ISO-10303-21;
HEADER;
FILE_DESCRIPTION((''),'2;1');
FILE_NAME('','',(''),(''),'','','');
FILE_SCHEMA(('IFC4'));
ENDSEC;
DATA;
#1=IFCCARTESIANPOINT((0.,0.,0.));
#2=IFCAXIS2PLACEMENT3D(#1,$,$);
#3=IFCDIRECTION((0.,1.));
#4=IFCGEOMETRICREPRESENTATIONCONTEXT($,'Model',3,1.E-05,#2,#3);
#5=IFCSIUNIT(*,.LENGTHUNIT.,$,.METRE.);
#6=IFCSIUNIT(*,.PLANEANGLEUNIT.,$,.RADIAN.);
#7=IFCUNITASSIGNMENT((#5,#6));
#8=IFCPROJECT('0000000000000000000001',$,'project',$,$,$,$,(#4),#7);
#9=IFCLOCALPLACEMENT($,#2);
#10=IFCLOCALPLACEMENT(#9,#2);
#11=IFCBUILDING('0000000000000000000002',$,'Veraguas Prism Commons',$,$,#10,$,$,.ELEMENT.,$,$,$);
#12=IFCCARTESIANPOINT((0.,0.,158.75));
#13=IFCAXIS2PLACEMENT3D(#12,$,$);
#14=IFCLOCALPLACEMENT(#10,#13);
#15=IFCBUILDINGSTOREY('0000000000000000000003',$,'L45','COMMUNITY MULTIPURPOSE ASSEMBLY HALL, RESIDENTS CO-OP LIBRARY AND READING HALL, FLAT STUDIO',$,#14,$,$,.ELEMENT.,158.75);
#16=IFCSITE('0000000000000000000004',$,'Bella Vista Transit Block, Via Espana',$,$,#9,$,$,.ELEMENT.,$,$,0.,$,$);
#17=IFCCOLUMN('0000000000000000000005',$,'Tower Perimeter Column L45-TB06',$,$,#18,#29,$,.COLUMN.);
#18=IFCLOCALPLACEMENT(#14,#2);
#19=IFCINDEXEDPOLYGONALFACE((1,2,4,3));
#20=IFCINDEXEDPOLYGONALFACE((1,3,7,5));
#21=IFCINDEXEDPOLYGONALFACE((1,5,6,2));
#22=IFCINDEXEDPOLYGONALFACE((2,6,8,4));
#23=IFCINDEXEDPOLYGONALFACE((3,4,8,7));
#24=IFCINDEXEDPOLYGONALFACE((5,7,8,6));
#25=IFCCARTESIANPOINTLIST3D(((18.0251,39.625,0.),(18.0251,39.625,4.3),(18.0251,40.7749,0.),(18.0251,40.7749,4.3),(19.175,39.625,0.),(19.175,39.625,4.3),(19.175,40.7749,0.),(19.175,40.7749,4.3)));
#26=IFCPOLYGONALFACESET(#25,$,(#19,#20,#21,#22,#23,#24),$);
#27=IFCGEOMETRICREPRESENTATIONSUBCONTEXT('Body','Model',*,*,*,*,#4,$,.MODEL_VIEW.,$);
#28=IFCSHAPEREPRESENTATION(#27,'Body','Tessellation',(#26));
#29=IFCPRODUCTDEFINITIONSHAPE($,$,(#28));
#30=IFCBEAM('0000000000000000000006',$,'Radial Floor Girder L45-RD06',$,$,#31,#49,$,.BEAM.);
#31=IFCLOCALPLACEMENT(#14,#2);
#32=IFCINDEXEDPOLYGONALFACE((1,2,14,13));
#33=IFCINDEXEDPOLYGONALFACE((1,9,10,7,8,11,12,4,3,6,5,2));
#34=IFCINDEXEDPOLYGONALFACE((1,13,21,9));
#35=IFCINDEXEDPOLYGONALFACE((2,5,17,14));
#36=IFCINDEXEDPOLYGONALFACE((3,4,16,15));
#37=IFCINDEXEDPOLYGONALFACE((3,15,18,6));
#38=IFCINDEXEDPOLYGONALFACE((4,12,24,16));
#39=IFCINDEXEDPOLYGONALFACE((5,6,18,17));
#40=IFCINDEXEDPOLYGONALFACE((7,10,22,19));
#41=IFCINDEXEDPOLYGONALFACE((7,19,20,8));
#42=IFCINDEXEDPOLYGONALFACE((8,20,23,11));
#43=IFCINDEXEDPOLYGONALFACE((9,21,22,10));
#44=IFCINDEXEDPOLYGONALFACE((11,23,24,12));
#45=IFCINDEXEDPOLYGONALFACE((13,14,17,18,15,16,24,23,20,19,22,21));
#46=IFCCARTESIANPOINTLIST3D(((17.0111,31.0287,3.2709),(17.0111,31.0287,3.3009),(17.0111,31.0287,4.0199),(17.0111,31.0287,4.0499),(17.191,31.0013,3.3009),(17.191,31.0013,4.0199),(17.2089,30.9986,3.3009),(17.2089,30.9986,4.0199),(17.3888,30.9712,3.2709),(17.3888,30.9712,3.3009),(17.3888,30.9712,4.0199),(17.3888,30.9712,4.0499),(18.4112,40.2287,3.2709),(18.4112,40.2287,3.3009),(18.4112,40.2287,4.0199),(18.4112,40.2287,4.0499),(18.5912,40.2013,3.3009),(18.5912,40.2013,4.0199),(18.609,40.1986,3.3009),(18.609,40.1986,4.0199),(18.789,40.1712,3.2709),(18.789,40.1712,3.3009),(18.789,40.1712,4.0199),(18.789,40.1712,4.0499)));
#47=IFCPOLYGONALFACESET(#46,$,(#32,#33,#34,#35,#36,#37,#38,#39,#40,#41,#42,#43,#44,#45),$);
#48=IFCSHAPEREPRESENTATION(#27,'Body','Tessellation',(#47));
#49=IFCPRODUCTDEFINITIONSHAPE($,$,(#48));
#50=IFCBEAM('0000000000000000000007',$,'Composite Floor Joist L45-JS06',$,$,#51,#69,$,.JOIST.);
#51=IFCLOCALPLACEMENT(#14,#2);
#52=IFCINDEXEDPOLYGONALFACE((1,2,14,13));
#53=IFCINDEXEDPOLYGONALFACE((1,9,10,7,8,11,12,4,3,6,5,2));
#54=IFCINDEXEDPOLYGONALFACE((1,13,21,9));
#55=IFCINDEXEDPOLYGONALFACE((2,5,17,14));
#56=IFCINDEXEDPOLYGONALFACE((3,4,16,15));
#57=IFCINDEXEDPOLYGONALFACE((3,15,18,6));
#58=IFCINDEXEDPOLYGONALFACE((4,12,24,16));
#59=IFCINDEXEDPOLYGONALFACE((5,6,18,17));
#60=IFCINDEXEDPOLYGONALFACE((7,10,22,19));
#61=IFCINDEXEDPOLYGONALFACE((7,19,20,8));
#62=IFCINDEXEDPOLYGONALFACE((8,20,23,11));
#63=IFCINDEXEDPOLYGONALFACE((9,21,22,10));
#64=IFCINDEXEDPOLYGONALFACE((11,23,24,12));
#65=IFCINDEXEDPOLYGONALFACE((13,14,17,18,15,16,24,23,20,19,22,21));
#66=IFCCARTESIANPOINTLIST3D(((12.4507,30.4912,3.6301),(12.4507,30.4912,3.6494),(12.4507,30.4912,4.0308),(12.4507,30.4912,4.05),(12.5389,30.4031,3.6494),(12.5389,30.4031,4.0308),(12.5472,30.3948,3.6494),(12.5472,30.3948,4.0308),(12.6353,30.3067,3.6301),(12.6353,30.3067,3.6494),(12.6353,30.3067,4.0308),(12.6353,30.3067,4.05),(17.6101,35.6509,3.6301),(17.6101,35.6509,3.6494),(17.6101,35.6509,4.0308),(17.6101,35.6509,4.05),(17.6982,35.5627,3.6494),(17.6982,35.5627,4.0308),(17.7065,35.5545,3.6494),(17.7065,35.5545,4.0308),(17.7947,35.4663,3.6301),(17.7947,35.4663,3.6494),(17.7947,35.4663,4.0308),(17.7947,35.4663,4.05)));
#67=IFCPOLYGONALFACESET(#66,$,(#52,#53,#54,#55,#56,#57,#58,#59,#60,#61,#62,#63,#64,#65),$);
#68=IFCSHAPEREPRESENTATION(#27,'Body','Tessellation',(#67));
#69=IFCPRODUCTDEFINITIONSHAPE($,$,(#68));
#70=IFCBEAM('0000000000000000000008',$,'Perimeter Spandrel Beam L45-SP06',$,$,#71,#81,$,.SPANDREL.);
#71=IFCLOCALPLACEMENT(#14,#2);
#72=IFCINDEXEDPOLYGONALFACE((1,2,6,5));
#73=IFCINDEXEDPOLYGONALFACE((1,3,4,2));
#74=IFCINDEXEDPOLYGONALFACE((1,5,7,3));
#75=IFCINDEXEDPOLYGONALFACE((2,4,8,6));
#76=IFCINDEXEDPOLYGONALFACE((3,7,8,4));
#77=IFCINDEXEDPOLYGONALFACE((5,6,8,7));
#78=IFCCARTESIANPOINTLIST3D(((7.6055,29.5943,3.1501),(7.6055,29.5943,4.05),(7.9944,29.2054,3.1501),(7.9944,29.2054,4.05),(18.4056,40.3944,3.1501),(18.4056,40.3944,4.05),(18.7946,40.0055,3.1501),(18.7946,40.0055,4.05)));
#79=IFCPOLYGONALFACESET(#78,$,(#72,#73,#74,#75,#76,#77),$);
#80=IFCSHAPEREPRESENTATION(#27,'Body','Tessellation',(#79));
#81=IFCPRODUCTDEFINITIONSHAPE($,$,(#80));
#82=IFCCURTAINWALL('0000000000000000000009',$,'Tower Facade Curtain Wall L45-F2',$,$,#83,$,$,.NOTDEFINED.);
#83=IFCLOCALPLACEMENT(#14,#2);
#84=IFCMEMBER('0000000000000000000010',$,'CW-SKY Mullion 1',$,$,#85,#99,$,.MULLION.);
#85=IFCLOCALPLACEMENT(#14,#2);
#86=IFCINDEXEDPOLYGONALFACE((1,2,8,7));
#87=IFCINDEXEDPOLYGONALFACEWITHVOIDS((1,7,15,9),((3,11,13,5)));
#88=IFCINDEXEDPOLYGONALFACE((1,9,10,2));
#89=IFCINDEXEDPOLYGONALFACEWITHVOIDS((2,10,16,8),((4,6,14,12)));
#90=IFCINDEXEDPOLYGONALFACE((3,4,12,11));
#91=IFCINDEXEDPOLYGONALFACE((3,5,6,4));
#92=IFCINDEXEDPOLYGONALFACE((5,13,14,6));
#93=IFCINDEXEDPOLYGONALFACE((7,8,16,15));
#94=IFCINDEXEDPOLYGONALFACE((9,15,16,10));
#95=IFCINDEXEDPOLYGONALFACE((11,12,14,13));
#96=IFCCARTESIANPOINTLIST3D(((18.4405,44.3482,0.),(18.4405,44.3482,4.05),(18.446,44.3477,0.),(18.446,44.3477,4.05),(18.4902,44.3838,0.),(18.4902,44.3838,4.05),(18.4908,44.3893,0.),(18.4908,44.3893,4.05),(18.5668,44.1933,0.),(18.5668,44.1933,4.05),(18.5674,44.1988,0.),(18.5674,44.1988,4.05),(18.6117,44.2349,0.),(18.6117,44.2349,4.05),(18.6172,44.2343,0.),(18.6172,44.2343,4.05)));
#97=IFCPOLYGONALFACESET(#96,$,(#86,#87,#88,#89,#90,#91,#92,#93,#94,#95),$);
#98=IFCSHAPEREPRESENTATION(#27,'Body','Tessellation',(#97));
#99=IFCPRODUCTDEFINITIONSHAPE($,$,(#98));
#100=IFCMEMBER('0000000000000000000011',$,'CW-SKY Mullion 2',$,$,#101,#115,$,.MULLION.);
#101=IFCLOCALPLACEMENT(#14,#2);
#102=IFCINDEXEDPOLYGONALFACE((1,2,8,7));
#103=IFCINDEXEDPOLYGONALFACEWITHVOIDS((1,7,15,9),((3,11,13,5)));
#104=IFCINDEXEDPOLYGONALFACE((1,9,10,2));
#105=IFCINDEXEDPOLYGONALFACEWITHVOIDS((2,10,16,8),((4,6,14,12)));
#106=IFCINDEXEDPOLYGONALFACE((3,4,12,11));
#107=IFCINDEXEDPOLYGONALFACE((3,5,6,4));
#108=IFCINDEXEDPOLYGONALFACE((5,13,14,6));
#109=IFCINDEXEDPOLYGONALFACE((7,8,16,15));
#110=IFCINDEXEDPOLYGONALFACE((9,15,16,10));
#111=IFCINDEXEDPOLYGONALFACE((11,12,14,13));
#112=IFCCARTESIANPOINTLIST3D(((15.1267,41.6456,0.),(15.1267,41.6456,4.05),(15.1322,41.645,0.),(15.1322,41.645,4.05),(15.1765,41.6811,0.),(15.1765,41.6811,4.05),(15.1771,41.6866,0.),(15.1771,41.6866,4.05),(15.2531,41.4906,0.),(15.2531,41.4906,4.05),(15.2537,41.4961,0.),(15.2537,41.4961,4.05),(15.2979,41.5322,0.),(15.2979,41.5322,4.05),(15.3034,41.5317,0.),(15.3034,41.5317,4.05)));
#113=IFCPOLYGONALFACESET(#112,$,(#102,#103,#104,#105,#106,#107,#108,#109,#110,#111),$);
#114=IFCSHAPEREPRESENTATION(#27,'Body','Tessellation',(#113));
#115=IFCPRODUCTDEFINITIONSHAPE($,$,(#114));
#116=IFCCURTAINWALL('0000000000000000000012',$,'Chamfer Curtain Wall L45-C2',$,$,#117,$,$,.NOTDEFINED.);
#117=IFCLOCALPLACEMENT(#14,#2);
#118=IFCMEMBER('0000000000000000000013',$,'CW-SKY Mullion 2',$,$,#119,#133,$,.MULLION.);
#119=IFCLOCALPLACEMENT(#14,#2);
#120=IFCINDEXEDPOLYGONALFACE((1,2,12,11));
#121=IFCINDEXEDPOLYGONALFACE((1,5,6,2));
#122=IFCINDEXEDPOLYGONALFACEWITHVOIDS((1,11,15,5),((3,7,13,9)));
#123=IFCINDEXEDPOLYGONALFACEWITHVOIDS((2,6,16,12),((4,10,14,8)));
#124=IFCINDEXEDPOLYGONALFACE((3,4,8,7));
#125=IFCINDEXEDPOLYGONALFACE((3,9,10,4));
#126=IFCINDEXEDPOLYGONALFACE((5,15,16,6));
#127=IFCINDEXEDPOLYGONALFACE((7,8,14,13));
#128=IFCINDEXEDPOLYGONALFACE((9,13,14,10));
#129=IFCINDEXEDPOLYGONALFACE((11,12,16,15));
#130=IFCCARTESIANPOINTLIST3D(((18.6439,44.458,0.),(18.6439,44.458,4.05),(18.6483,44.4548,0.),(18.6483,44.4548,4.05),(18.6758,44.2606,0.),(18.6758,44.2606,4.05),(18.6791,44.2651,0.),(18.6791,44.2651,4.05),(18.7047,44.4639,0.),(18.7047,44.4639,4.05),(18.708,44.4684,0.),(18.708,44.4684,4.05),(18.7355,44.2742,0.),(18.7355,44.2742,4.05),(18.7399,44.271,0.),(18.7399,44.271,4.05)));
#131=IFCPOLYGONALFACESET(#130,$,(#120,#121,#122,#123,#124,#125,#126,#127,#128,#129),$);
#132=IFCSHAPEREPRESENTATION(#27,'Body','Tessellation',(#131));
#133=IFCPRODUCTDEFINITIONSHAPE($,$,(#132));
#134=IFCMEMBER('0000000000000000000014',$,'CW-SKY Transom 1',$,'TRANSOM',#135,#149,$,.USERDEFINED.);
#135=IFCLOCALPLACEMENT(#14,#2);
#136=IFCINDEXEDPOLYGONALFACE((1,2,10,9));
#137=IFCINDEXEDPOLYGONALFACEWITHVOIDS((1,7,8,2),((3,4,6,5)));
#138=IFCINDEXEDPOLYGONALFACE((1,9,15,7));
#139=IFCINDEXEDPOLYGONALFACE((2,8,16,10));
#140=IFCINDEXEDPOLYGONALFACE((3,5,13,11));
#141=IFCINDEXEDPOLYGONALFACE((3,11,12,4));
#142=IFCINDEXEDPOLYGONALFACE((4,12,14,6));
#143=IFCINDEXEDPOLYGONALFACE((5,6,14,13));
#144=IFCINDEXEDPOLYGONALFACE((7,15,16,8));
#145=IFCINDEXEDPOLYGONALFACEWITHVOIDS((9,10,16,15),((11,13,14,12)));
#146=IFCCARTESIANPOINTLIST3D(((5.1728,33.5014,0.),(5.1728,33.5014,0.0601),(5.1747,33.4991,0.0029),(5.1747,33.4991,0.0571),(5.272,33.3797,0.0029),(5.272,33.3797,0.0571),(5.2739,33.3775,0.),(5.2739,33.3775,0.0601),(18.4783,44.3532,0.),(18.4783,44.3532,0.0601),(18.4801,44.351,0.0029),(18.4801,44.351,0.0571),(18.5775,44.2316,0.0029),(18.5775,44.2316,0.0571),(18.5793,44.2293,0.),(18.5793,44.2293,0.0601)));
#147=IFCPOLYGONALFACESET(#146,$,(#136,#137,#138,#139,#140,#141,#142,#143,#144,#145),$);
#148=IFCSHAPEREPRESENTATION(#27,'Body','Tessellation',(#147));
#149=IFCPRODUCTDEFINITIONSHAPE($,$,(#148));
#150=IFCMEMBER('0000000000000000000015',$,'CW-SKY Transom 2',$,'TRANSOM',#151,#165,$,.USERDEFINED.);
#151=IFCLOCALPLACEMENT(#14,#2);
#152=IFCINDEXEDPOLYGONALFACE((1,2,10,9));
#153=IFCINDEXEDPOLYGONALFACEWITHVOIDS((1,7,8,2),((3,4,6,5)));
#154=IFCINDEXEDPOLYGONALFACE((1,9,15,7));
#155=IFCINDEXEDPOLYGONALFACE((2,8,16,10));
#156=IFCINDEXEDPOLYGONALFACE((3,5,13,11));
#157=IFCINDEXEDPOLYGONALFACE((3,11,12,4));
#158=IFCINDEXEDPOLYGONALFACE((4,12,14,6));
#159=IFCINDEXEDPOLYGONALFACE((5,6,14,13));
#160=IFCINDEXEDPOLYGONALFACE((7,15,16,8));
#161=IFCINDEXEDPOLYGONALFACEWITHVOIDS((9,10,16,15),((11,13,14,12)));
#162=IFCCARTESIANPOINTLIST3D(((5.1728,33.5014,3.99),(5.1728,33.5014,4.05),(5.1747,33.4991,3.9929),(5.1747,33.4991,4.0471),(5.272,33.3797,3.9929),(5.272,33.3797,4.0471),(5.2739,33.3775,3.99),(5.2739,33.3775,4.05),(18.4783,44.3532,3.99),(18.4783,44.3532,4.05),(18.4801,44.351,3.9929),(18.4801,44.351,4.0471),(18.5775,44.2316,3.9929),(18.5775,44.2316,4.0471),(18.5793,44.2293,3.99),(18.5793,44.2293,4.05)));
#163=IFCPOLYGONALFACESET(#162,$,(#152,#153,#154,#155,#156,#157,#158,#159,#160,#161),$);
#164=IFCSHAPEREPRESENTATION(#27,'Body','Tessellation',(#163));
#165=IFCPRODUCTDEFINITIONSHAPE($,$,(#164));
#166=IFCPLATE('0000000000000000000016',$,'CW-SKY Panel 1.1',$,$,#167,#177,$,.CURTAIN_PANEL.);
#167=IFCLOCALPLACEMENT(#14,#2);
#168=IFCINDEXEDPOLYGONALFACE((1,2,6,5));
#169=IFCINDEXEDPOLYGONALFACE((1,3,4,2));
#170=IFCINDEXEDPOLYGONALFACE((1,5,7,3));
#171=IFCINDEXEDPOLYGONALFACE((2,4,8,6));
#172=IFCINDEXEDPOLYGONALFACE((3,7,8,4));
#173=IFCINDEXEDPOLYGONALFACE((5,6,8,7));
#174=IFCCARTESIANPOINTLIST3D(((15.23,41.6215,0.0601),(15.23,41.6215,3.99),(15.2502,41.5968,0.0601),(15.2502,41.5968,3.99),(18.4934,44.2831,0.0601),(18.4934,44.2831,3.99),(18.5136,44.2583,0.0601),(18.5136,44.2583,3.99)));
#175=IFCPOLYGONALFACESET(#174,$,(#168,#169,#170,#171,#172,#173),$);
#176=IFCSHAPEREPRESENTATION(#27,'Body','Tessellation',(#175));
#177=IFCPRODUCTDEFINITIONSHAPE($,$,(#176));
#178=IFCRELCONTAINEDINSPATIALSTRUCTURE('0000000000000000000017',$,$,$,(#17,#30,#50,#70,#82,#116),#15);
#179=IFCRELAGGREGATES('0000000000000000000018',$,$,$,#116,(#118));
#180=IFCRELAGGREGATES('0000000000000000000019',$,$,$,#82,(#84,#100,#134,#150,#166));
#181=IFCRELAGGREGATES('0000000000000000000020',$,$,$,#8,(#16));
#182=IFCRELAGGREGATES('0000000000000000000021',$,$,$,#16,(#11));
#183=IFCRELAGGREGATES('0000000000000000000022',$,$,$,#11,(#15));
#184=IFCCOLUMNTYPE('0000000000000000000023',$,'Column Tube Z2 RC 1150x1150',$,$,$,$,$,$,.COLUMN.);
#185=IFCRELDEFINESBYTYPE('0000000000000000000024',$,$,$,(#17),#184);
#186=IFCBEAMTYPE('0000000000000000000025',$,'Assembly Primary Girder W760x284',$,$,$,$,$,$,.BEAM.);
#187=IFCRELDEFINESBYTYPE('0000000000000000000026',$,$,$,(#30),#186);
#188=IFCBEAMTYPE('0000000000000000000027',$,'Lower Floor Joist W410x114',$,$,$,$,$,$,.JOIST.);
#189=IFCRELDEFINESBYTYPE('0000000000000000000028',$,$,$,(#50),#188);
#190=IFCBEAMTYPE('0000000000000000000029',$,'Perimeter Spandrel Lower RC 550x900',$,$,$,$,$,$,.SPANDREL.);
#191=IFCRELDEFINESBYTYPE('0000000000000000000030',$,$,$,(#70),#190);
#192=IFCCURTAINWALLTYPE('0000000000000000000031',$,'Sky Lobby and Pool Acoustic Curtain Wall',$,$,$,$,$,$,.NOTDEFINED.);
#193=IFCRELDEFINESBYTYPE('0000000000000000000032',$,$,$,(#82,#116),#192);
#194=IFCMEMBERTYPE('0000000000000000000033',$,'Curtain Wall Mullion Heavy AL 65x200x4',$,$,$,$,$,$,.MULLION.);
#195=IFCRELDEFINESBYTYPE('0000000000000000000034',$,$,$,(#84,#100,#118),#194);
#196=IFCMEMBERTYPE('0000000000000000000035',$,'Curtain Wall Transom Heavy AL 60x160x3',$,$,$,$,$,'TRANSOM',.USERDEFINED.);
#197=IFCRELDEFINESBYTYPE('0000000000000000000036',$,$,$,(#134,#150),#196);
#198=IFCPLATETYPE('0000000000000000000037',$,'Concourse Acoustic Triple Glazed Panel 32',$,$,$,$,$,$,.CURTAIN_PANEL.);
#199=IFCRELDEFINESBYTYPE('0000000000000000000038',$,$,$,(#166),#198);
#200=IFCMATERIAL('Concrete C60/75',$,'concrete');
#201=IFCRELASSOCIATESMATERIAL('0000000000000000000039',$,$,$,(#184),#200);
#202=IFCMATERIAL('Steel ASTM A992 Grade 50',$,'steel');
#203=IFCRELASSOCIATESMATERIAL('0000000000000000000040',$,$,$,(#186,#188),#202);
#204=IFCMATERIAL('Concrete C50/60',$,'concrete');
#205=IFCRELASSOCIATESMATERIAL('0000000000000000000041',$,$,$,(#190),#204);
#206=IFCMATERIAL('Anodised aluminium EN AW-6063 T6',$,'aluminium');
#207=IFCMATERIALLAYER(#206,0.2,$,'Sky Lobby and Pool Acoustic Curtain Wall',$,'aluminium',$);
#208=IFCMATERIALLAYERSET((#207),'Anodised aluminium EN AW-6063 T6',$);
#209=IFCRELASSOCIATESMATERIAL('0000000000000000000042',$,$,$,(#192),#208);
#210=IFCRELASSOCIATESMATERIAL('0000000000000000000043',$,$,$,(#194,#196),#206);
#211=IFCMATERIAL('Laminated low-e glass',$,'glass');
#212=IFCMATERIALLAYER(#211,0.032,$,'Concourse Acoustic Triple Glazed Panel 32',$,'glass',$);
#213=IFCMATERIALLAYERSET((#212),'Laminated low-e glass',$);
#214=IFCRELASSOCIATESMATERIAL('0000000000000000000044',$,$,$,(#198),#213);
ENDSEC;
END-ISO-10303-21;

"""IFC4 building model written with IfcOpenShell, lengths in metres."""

from ifc_helpers import new_model, si_unit, direction, frame, origin, origin_2d, place, context, subcontext, project, spatial, rectangle, hollow_rectangle, i_section, extrude, source, transform, mapped, material, layer, layer_set, material_profile, profile_set, type_object, element, aggregate, save


model = new_model("IFC4")

# Units and contexts
model_context = context("Model", 3, precision=1e-05, world=origin(), true_north=direction((0.0, 1.0)))
body_context = subcontext(model_context, "Body", "Model", "MODEL_VIEW")
ifc_project = project(units=[si_unit("LENGTHUNIT", "METRE"), si_unit("PLANEANGLEUNIT", "RADIAN")], contexts=[model_context])

# Site, building, storey
site_placement = place(None, origin())
site = spatial("IfcSite", under=ifc_project, at=site_placement, Name="Bella Vista Transit Block, Via Espana", CompositionType="ELEMENT", RefElevation=0.0)
building_placement = place(site_placement, origin())
building = spatial("IfcBuilding", under=site, at=building_placement, Name="Veraguas Prism Commons", CompositionType="ELEMENT")
storey_placement = place(building_placement, frame((0.0, 0.0, 158.75)))
storey = spatial("IfcBuildingStorey", under=building, at=storey_placement, Name="L45", Description="COMMUNITY MULTIPURPOSE ASSEMBLY HALL, RESIDENTS CO-OP LIBRARY AND READING HALL, FLAT STUDIO", CompositionType="ELEMENT", Elevation=158.75)

# Column
ifc_material_1 = material(Name="Concrete C60/75", Category="concrete")
ifc_material_profile_1 = material_profile(ifc_material_1, rectangle(XDim=1.1499, YDim=1.1499, at=origin_2d()), Name="RC1150X1150")
ifc_profile_set_1 = profile_set([ifc_material_profile_1], Name="Concrete C60/75")
column_type = type_object("IfcColumnType", Name="Column Tube Z2 RC 1150x1150", PredefinedType="COLUMN", material=ifc_profile_set_1)
column_placement = place(storey_placement, frame((18.6001, 40.2, 0.0), z_axis=(0.0, 0.0, 1.0), x_axis=(1.0, 0.0, 0.0)))
element("IfcColumn", 1, at=column_placement, inside=storey, type_object=column_type, Name="Tower Perimeter Column L45-TB06", PredefinedType="COLUMN", context=body_context, shape_type="SweptSolid", body=[
    extrude(rectangle(XDim=1.1499, YDim=1.1499, at=origin_2d()), origin(), (0.0, 0.0, 1.0), 4.3),
])

# Beams
ifc_material_2 = material(Name="Steel ASTM A992 Grade 50", Category="steel")
ifc_material_profile_2 = material_profile(ifc_material_2, i_section(OverallWidth=0.3821, OverallDepth=0.7791, WebThickness=0.0181, FlangeThickness=0.03, at=origin_2d()), Name="W760X284")
ifc_profile_set_2 = profile_set([ifc_material_profile_2], Name="Steel ASTM A992 Grade 50")
beam_type_1 = type_object("IfcBeamType", Name="Assembly Primary Girder W760x284", PredefinedType="BEAM", material=ifc_profile_set_2)
beam_1_placement = place(storey_placement, frame((18.6001, 40.2, 3.6604), z_axis=(-0.150458, -0.988616, 0.0), x_axis=(0.988616, -0.150458, 0.0)))
element("IfcBeam", 2, at=beam_1_placement, inside=storey, type_object=beam_type_1, Name="Radial Floor Girder L45-RD06", PredefinedType="BEAM", context=body_context, shape_type="SweptSolid", body=[
    extrude(i_section(OverallWidth=0.3821, OverallDepth=0.7791, WebThickness=0.0181, FlangeThickness=0.03, at=origin_2d()), origin(), (0.0, 0.0, 1.0), 9.3059),
])
ifc_material_profile_3 = material_profile(ifc_material_2, i_section(OverallWidth=0.261, OverallDepth=0.4199, WebThickness=0.0117, FlangeThickness=0.0193, at=origin_2d()), Name="W410X114")
ifc_profile_set_3 = profile_set([ifc_material_profile_3], Name="Steel ASTM A992 Grade 50")
beam_type_2 = type_object("IfcBeamType", Name="Lower Floor Joist W410x114", PredefinedType="JOIST", material=ifc_profile_set_3)
beam_2_placement = place(storey_placement, frame((17.7024, 35.5586, 3.8401), z_axis=(-0.70709, -0.707124, 0.0), x_axis=(0.707124, -0.70709, 0.0)))
element("IfcBeam", 3, at=beam_2_placement, inside=storey, type_object=beam_type_2, Name="Composite Floor Joist L45-JS06", PredefinedType="JOIST", context=body_context, shape_type="SweptSolid", body=[
    extrude(i_section(OverallWidth=0.261, OverallDepth=0.4199, WebThickness=0.0117, FlangeThickness=0.0193, at=origin_2d()), origin(), (0.0, 0.0, 1.0), 7.2966),
])
ifc_material_3 = material(Name="Concrete C50/60", Category="concrete")
ifc_material_profile_4 = material_profile(ifc_material_3, rectangle(XDim=0.55, YDim=0.8999, at=origin_2d()), Name="RC550X900")
ifc_profile_set_4 = profile_set([ifc_material_profile_4], Name="Concrete C50/60")
beam_type_3 = type_object("IfcBeamType", Name="Perimeter Spandrel Lower RC 550x900", PredefinedType="SPANDREL", material=ifc_profile_set_4)
beam_3_placement = place(storey_placement, frame((18.6001, 40.2, 3.6001), z_axis=(-0.707107, -0.707107, 0.0), x_axis=(0.707107, -0.707107, 0.0)))
element("IfcBeam", 4, at=beam_3_placement, inside=storey, type_object=beam_type_3, Name="Perimeter Spandrel Beam L45-SP06", PredefinedType="SPANDREL", context=body_context, shape_type="SweptSolid", body=[
    extrude(rectangle(XDim=0.55, YDim=0.8999, at=origin_2d()), origin(), (0.0, 0.0, 1.0), 15.2737),
])

# Curtain wall, members
ifc_material_4 = material(Name="Anodised aluminium EN AW-6063 T6", Category="aluminium")
ifc_layer_1 = layer(ifc_material_4, 0.2, Name="Sky Lobby and Pool Acoustic Curtain Wall", Category="aluminium")
ifc_layer_set_1 = layer_set([ifc_layer_1], Name="Anodised aluminium EN AW-6063 T6")
curtain_wall_type = type_object("IfcCurtainWallType", Name="Sky Lobby and Pool Acoustic Curtain Wall", PredefinedType="NOTDEFINED", material=ifc_layer_set_1)
curtain_wall_1_placement = place(storey_placement, origin())
curtain_wall_1 = element("IfcCurtainWall", 5, at=curtain_wall_1_placement, inside=storey, type_object=curtain_wall_type, Name="Tower Facade Curtain Wall L45-F2", PredefinedType="NOTDEFINED")
ifc_material_profile_5 = material_profile(ifc_material_4, hollow_rectangle(XDim=0.0649, YDim=0.2, WallThickness=0.0039, at=origin_2d()), Name="AL65X200X4")
ifc_profile_set_5 = profile_set([ifc_material_profile_5], Name="Anodised aluminium EN AW-6063 T6")
member_type_1 = type_object("IfcMemberType", Name="Curtain Wall Mullion Heavy AL 65x200x4", PredefinedType="MULLION", material=ifc_profile_set_5)
shared_shape_1 = source(origin(), body_context, "Body", "SweptSolid", [
    extrude(hollow_rectangle(XDim=0.0649, YDim=0.2, WallThickness=0.0039, at=origin_2d()), origin(), (0.0, 0.0, 1.0), 4.05),
])
member_1_placement = place(storey_placement, frame((18.5288, 44.2913, 0.0), z_axis=(0.0, 0.0, 1.0), x_axis=(-0.774943, -0.632031, 0.0)))
member_1 = element("IfcMember", 6, at=member_1_placement, type_object=member_type_1, Name="CW-SKY Mullion 1", PredefinedType="MULLION", context=body_context, shape_type="MappedRepresentation", body=[
    mapped(shared_shape_1, transform((0.0, 0.0, 0.0), scale=1.0)),
])
member_2_placement = place(storey_placement, frame((15.2151, 41.5886, 0.0), z_axis=(0.0, 0.0, 1.0), x_axis=(-0.774943, -0.632031, 0.0)))
member_2 = element("IfcMember", 7, at=member_2_placement, type_object=member_type_1, Name="CW-SKY Mullion 2", PredefinedType="MULLION", context=body_context, shape_type="MappedRepresentation", body=[
    mapped(shared_shape_1, transform((0.0, 0.0, 0.0), scale=1.0)),
])

# Curtain wall, member
curtain_wall_2_placement = place(storey_placement, origin())
curtain_wall_2 = element("IfcCurtainWall", 8, at=curtain_wall_2_placement, inside=storey, type_object=curtain_wall_type, Name="Chamfer Curtain Wall L45-C2", PredefinedType="NOTDEFINED")
member_3_placement = place(storey_placement, frame((18.6919, 44.3645, 0.0), z_axis=(0.0, 0.0, 1.0), x_axis=(-0.987137, -0.159874, 0.0)))
member_3 = element("IfcMember", 9, at=member_3_placement, type_object=member_type_1, Name="CW-SKY Mullion 2", PredefinedType="MULLION", context=body_context, shape_type="MappedRepresentation", body=[
    mapped(shared_shape_1, transform((0.0, 0.0, 0.0), scale=1.0)),
])
aggregate(curtain_wall_2, [member_3])

# Members
ifc_material_profile_6 = material_profile(ifc_material_4, hollow_rectangle(XDim=0.0601, YDim=0.1599, WallThickness=0.0029, at=origin_2d()), Name="AL60X160X3")
ifc_profile_set_6 = profile_set([ifc_material_profile_6], Name="Anodised aluminium EN AW-6063 T6")
member_type_2 = type_object("IfcMemberType", Name="Curtain Wall Transom Heavy AL 60x160x3", ElementType="TRANSOM", PredefinedType="USERDEFINED", material=ifc_profile_set_6)
shared_shape_2 = source(origin(), body_context, "Body", "SweptSolid", [
    extrude(hollow_rectangle(XDim=0.0601, YDim=0.1599, WallThickness=0.0029, at=origin_2d()), origin(), (0.0, 0.0, 1.0), 17.1697),
])
member_4_placement = place(storey_placement, frame((18.5288, 44.2913, 0.03), z_axis=(-0.77494, -0.632035, 0.0), x_axis=(0.0, 0.0, 1.0)))
member_4 = element("IfcMember", 10, at=member_4_placement, type_object=member_type_2, Name="CW-SKY Transom 1", ObjectType="TRANSOM", PredefinedType="USERDEFINED", context=body_context, shape_type="MappedRepresentation", body=[
    mapped(shared_shape_2, transform((0.0, 0.0, 0.0), scale=1.0)),
])
member_5_placement = place(storey_placement, frame((18.5288, 44.2913, 4.02), z_axis=(-0.77494, -0.632035, 0.0), x_axis=(0.0, 0.0, 1.0)))
member_5 = element("IfcMember", 11, at=member_5_placement, type_object=member_type_2, Name="CW-SKY Transom 2", ObjectType="TRANSOM", PredefinedType="USERDEFINED", context=body_context, shape_type="MappedRepresentation", body=[
    mapped(shared_shape_2, transform((0.0, 0.0, 0.0), scale=1.0)),
])

# Plate
ifc_material_5 = material(Name="Laminated low-e glass", Category="glass")
ifc_layer_2 = layer(ifc_material_5, 0.032, Name="Concourse Acoustic Triple Glazed Panel 32", Category="glass")
ifc_layer_set_2 = layer_set([ifc_layer_2], Name="Laminated low-e glass")
plate_type = type_object("IfcPlateType", Name="Concourse Acoustic Triple Glazed Panel 32", PredefinedType="CURTAIN_PANEL", material=ifc_layer_set_2)
shared_shape_3 = source(origin(), body_context, "Body", "SweptSolid", [
    extrude(rectangle(XDim=4.2112, YDim=0.032, at=origin_2d()), origin(), (0.0, 0.0, 1.0), 3.9299),
])
plate_placement = place(storey_placement, frame((16.8718, 42.9399, 0.0601), z_axis=(0.0, 0.0, 1.0), x_axis=(-0.774943, -0.632031, 0.0)))
plate = element("IfcPlate", 12, at=plate_placement, type_object=plate_type, Name="CW-SKY Panel 1.1", PredefinedType="CURTAIN_PANEL", context=body_context, shape_type="MappedRepresentation", body=[
    mapped(shared_shape_3, transform((0.0, 0.0, 0.0), scale=1.0)),
])
aggregate(curtain_wall_1, [member_1, member_2, member_4, member_5, plate])

save(model, "model.ifc")
